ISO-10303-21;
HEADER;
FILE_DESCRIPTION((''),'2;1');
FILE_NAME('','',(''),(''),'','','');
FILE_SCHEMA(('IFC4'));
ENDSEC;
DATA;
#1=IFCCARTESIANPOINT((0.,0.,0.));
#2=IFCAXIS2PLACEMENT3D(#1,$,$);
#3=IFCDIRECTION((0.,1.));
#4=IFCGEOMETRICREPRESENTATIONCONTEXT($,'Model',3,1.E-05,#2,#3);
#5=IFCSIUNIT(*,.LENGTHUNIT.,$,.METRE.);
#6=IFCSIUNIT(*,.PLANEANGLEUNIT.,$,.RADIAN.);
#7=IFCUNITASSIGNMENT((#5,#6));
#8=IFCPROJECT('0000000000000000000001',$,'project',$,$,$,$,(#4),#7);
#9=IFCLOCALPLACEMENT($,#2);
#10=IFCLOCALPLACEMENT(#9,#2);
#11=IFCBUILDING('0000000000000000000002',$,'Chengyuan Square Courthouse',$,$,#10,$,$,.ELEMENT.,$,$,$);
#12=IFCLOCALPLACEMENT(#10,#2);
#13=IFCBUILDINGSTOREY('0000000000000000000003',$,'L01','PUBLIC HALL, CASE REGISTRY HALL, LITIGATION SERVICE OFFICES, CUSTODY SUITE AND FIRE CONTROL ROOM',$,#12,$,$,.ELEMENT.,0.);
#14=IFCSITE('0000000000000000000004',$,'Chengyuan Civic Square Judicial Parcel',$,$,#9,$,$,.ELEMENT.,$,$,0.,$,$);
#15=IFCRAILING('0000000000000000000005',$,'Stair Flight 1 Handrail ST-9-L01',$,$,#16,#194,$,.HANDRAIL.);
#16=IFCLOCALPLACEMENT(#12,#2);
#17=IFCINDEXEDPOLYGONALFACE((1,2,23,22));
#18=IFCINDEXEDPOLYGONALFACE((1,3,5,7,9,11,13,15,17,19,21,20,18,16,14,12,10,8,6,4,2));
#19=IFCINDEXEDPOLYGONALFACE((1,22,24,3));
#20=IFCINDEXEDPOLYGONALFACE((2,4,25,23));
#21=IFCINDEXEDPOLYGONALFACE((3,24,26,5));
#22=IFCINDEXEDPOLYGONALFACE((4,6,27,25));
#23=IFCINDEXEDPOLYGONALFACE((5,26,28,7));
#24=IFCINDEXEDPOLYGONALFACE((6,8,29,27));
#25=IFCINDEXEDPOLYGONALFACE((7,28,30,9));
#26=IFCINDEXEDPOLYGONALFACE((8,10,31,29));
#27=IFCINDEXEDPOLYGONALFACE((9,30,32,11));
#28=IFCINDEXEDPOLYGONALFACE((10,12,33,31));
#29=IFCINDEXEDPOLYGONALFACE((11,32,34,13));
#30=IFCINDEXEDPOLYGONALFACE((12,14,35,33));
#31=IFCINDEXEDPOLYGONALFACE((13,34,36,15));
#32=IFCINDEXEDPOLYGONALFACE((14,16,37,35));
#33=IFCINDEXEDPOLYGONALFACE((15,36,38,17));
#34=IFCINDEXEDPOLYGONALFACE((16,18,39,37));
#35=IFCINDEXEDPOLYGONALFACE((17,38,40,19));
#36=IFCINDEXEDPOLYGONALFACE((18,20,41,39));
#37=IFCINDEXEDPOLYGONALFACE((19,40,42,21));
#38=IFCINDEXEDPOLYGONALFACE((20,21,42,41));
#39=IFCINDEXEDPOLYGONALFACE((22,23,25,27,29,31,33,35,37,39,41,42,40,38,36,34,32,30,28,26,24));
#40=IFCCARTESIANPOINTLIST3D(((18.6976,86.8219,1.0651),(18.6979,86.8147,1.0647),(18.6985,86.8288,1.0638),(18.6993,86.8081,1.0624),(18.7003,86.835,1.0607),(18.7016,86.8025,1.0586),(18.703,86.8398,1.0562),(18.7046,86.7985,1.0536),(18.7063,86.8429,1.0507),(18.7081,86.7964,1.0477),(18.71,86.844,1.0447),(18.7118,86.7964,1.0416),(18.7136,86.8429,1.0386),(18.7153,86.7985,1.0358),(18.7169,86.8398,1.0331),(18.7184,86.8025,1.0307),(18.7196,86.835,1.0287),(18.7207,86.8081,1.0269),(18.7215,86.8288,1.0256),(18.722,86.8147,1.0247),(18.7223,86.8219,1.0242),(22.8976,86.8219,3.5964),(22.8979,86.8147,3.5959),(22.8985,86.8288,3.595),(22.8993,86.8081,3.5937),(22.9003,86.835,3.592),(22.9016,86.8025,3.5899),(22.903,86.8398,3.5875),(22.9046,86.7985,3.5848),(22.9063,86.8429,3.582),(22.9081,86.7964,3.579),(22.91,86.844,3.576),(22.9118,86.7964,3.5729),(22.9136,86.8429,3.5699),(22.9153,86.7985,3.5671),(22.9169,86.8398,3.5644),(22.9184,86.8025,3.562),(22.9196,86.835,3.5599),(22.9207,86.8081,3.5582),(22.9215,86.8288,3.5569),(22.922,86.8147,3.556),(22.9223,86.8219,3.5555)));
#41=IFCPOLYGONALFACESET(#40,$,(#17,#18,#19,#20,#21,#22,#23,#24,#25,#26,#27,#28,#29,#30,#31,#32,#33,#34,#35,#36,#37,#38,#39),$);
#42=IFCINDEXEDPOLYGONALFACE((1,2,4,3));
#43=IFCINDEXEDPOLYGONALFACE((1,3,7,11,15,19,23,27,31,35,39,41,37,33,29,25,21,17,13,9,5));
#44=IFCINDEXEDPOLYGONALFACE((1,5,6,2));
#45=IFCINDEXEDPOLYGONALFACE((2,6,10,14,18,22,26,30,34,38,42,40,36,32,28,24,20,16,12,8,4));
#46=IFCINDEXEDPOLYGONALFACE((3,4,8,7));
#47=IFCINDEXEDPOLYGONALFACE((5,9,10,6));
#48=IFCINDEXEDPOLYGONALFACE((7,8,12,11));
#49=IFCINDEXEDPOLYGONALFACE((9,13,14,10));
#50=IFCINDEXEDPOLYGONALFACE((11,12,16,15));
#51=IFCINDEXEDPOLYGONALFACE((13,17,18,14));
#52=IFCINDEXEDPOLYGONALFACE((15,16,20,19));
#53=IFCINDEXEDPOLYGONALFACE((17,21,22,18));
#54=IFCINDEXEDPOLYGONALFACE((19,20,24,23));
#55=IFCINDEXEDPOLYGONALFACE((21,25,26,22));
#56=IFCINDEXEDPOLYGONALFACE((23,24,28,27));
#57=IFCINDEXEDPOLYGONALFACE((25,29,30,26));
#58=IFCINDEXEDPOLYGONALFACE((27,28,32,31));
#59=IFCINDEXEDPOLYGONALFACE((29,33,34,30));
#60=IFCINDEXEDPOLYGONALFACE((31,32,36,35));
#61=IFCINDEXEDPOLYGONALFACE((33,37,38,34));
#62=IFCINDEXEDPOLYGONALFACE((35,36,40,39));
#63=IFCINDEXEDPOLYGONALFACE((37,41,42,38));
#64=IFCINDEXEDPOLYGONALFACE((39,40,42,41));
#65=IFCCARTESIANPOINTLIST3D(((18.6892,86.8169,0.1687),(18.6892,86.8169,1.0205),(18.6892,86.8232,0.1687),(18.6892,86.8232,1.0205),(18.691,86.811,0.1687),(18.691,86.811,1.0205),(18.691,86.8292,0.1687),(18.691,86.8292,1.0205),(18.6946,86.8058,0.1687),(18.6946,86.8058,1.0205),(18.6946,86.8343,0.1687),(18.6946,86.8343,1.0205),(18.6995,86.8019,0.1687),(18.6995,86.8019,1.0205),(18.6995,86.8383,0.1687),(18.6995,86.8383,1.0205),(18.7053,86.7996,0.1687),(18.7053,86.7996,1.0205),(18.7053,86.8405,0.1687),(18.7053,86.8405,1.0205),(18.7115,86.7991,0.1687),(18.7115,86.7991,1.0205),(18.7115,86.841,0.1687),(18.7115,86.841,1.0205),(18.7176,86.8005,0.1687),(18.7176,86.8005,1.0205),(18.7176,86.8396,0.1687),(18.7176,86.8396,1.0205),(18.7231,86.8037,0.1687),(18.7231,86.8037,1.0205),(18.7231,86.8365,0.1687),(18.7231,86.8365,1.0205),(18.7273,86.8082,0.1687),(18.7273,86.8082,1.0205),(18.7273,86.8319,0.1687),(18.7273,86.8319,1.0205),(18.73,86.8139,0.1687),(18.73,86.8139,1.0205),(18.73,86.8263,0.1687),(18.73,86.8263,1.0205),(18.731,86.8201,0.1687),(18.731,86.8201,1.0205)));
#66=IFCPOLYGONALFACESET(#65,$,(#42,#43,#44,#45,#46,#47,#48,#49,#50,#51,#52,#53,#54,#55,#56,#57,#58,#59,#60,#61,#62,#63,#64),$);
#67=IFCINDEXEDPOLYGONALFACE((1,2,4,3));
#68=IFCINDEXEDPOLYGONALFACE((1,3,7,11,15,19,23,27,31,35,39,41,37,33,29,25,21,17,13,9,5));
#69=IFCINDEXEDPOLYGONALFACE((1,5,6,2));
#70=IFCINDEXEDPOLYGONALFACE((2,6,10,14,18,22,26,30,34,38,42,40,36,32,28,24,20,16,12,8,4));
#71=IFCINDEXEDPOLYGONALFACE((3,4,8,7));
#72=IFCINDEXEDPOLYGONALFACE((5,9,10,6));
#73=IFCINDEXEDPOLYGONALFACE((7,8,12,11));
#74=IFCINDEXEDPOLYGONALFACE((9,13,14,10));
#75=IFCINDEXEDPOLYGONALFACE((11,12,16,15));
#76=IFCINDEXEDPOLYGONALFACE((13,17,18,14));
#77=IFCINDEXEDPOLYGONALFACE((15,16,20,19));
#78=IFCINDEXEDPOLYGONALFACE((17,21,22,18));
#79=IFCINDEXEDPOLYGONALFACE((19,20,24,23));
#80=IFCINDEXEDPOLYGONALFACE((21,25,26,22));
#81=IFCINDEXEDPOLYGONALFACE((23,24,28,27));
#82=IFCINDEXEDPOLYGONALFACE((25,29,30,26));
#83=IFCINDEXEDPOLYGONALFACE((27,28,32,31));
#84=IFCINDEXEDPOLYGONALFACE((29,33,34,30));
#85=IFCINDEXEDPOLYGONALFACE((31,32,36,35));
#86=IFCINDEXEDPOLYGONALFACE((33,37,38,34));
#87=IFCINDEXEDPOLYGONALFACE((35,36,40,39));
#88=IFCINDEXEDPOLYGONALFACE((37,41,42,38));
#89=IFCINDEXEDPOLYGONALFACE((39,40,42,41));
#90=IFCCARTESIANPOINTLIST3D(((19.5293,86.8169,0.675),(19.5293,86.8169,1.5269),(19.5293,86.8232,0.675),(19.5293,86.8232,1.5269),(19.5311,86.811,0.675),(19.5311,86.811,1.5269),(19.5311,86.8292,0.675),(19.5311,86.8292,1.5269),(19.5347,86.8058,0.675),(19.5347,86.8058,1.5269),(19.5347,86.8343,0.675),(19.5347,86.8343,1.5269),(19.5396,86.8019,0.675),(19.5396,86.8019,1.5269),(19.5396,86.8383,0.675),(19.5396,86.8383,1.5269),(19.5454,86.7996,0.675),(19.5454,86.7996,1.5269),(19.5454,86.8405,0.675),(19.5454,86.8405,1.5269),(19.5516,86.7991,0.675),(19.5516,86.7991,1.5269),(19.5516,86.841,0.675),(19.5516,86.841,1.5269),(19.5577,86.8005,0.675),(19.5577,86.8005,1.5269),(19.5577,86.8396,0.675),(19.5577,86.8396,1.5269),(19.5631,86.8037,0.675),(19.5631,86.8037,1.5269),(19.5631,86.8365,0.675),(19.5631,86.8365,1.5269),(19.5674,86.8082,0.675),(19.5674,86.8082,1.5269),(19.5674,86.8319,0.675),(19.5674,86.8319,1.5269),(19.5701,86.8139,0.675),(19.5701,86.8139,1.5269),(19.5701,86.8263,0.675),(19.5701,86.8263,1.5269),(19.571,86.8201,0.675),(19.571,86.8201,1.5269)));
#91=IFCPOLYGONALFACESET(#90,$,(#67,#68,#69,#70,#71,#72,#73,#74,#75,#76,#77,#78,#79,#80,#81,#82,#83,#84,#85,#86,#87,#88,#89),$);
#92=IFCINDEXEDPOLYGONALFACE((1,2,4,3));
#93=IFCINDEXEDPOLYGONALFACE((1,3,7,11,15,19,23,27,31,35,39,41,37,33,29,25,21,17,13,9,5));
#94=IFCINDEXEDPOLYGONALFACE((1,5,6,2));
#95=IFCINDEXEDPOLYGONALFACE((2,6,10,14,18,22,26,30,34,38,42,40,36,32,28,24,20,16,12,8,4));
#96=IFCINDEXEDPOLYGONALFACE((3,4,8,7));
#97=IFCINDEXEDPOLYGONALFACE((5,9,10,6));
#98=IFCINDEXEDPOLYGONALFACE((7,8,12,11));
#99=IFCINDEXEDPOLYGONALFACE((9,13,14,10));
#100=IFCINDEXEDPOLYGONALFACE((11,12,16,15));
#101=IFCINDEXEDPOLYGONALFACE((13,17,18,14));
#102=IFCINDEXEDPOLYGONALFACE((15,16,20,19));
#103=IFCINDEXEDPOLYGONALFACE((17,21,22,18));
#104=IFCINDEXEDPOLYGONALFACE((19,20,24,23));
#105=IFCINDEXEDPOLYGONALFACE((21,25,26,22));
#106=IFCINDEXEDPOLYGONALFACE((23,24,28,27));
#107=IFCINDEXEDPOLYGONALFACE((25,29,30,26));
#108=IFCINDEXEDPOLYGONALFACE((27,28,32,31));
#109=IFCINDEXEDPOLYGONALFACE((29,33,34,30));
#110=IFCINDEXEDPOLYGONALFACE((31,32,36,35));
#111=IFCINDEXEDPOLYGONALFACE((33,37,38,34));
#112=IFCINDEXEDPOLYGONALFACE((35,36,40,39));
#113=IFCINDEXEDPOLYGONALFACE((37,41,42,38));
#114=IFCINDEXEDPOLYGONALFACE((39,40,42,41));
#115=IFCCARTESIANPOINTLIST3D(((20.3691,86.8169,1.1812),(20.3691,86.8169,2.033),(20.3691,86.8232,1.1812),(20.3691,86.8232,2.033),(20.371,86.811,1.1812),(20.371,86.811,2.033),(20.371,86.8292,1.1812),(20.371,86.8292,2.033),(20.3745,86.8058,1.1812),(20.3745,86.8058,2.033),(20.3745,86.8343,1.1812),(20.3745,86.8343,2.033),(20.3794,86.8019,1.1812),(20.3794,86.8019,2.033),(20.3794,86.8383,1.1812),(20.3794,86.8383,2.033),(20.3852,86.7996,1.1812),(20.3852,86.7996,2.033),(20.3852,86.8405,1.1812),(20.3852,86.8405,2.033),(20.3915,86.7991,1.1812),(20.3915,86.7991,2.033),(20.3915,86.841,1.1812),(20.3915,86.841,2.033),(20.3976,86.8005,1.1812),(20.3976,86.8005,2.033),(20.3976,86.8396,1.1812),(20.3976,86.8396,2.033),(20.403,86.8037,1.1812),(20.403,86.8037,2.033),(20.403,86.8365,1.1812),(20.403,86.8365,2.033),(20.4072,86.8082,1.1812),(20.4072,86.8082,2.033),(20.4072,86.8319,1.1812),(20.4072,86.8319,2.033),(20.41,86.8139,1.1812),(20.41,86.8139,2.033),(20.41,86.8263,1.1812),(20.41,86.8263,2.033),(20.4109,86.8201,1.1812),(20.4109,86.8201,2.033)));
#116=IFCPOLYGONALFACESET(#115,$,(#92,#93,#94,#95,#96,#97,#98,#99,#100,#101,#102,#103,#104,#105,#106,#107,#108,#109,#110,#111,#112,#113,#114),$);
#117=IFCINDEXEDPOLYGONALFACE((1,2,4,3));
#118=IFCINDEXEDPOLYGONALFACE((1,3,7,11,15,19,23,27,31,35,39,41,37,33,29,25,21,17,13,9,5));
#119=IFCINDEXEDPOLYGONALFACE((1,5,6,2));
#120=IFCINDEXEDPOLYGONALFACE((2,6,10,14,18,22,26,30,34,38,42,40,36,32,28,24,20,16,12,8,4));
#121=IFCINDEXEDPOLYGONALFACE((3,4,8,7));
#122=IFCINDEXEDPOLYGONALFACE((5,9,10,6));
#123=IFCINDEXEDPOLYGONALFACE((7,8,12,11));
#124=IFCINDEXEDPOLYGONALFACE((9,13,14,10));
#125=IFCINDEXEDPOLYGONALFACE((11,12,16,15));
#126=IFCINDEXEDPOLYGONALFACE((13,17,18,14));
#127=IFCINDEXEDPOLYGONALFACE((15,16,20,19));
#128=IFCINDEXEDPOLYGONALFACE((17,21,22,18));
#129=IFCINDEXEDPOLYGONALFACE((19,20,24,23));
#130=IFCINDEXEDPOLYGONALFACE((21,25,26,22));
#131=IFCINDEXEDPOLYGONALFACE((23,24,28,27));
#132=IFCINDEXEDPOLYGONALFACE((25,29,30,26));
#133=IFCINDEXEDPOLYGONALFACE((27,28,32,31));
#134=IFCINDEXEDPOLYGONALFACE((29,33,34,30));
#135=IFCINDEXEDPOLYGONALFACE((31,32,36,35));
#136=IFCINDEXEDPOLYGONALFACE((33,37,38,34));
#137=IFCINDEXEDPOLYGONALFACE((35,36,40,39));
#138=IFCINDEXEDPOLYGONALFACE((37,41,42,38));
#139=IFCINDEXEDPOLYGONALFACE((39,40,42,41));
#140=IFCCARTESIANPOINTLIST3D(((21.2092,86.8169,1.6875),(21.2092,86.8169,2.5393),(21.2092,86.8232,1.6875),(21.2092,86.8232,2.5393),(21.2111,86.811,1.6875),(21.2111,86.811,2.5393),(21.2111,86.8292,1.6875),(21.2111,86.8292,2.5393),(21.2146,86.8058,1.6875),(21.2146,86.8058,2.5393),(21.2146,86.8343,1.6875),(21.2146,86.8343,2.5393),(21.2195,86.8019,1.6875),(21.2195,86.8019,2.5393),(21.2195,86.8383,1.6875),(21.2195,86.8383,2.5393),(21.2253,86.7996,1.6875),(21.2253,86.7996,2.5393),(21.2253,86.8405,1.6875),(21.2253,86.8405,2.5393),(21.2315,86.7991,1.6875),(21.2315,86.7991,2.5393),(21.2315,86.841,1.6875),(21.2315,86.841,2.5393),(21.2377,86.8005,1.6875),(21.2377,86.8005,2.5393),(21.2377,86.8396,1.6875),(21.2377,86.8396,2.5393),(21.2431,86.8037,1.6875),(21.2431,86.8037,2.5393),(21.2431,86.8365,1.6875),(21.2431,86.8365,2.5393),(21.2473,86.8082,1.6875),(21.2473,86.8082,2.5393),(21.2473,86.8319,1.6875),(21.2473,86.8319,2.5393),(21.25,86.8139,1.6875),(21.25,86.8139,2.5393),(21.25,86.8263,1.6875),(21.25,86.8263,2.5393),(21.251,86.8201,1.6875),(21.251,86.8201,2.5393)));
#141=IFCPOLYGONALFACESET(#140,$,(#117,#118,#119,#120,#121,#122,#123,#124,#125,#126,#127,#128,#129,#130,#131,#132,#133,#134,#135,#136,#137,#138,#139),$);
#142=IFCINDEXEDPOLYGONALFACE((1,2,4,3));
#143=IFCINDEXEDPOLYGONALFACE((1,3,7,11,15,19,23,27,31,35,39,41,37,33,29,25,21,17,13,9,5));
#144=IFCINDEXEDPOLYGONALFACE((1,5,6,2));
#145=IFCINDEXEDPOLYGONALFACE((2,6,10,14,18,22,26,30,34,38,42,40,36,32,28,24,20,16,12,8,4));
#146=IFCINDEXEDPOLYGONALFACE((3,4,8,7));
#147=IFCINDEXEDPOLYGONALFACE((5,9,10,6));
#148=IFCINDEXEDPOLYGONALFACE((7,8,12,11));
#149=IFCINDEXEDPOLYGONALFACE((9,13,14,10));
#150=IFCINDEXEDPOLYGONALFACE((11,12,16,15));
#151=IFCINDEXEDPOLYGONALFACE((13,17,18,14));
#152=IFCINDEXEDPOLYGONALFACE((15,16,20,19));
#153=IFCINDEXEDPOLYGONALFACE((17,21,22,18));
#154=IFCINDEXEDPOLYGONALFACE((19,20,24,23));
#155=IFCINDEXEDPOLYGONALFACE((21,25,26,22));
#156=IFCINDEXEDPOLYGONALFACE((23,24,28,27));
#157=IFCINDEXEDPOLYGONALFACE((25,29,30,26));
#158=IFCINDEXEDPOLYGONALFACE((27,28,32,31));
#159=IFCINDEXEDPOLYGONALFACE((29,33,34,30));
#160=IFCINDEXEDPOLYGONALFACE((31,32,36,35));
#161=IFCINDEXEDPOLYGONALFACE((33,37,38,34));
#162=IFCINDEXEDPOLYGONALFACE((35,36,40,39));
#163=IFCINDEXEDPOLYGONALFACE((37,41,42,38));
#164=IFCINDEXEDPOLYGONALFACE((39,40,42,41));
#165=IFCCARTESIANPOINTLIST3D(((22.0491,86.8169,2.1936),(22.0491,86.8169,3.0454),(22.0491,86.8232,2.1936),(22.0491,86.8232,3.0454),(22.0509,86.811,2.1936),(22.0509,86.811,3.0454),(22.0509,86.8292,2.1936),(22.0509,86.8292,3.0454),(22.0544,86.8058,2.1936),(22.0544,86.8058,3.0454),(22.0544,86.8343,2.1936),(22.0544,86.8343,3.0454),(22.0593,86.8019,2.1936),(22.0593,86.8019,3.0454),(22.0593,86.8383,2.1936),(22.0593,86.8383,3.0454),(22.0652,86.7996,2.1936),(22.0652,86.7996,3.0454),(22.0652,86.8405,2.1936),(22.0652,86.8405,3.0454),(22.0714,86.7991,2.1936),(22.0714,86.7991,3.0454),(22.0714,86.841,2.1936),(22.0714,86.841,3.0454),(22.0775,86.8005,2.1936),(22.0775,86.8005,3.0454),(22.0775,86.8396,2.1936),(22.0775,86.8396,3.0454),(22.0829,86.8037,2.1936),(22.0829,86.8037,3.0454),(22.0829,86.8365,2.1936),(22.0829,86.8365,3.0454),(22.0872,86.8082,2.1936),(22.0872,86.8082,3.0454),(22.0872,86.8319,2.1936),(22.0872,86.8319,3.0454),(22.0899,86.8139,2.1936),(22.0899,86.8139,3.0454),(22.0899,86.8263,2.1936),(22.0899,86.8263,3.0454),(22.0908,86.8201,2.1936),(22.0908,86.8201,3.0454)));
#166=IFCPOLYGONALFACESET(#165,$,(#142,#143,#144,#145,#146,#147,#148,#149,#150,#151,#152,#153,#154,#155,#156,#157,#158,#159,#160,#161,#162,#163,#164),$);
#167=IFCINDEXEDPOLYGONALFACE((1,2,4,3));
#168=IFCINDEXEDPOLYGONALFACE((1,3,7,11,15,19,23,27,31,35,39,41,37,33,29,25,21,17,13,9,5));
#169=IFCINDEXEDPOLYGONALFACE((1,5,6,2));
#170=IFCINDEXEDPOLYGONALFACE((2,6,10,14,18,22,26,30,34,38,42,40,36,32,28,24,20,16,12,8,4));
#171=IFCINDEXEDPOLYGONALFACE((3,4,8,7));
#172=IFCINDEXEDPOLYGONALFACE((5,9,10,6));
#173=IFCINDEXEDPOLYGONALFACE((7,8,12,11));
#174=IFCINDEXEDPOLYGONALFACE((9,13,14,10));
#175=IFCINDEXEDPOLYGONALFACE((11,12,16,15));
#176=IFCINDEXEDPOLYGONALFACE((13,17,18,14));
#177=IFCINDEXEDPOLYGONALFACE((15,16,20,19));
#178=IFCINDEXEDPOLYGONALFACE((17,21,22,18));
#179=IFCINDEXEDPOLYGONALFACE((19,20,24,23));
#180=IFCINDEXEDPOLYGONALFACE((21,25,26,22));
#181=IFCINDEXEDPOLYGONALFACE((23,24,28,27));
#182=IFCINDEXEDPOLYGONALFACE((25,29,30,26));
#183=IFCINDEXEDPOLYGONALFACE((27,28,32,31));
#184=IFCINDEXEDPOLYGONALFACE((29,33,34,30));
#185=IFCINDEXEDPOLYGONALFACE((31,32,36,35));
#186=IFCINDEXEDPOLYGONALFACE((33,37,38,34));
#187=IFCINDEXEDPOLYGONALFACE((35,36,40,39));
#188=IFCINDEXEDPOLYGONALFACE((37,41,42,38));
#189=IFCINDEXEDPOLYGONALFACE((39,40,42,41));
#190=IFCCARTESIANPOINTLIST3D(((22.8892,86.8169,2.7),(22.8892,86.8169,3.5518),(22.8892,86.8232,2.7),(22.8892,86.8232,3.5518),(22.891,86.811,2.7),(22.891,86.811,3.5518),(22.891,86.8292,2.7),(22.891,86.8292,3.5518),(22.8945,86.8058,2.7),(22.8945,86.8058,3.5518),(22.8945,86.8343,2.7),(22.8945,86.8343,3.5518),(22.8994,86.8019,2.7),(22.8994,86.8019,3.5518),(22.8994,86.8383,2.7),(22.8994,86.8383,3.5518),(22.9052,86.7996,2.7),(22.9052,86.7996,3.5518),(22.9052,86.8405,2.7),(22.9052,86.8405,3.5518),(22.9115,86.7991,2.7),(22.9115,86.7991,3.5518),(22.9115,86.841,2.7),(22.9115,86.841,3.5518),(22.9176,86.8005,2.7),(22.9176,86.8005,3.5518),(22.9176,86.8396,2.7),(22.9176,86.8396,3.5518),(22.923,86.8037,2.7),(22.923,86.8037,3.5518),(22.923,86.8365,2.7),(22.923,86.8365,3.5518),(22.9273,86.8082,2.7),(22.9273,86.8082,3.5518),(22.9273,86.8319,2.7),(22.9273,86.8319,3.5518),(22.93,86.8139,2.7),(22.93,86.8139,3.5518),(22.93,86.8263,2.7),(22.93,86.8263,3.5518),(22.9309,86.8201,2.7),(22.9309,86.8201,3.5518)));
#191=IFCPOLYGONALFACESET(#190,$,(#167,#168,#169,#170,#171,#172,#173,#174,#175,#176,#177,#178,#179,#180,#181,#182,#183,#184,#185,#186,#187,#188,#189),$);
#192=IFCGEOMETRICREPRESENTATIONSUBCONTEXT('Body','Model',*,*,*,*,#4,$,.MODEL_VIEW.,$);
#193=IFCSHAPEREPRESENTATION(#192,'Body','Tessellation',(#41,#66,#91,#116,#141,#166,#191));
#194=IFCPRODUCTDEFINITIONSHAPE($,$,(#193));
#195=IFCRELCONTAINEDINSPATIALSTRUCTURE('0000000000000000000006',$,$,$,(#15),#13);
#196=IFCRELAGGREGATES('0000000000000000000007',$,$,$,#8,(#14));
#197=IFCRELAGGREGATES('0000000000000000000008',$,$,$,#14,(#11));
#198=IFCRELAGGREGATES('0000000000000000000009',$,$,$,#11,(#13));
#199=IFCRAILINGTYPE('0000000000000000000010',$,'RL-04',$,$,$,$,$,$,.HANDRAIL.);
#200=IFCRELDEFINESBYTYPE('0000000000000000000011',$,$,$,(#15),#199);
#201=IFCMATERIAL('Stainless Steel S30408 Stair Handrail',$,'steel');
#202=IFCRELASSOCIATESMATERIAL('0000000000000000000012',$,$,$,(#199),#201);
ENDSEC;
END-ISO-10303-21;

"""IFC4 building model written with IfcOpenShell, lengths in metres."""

from ifc_helpers import new_model, si_unit, direction, frame, origin, origin_2d, place, context, subcontext, project, spatial, circle, extrude, material, type_object, element, save


model = new_model("IFC4")

# Units and contexts
model_context = context("Model", 3, precision=1e-05, world=origin(), true_north=direction((0.0, 1.0)))
body_context = subcontext(model_context, "Body", "Model", "MODEL_VIEW")
ifc_project = project(units=[si_unit("LENGTHUNIT", "METRE"), si_unit("PLANEANGLEUNIT", "RADIAN")], contexts=[model_context])

# Site, building, storey
site_placement = place(None, origin())
site = spatial("IfcSite", under=ifc_project, at=site_placement, Name="Chengyuan Civic Square Judicial Parcel", CompositionType="ELEMENT", RefElevation=0.0)
building_placement = place(site_placement, origin())
building = spatial("IfcBuilding", under=site, at=building_placement, Name="Chengyuan Square Courthouse", CompositionType="ELEMENT")
storey_placement = place(building_placement, origin())
storey = spatial("IfcBuildingStorey", under=building, at=storey_placement, Name="L01", Description="PUBLIC HALL, CASE REGISTRY HALL, LITIGATION SERVICE OFFICES, CUSTODY SUITE AND FIRE CONTROL ROOM", CompositionType="ELEMENT", Elevation=0.0)

# Railing
ifc_material_1 = material(Name="Stainless Steel S30408 Stair Handrail", Category="steel")
railing_type_1 = type_object("IfcRailingType", Name="RL-04", PredefinedType="HANDRAIL", material=ifc_material_1)
railing_1_placement = place(storey_placement, frame((18.71, 86.8201, 0.1687)))
element("IfcRailing", 1, at=railing_1_placement, inside=storey, type_object=railing_type_1, Name="Stair Flight 1 Handrail ST-9-L01", PredefinedType="HANDRAIL", context=body_context, shape_type="SweptSolid", body=[
    extrude(circle(Radius=0.0239, at=origin_2d()), frame((0.0, 0.0, 0.876), z_axis=(0.856476, 0.0, 0.516186), x_axis=(0.0, 1.0, 0.0)), (0.0, 0.0, 1.0), 4.9038),
    extrude(circle(Radius=0.021, at=origin_2d()), origin(), (0.0, 0.0, 1.0), 0.8518),
    extrude(circle(Radius=0.021, at=origin_2d()), frame((0.8401, 0.0, 0.5063)), (0.0, 0.0, 1.0), 0.8518),
    extrude(circle(Radius=0.021, at=origin_2d()), frame((1.6799, 0.0, 1.0125)), (0.0, 0.0, 1.0), 0.8518),
    extrude(circle(Radius=0.021, at=origin_2d()), frame((2.52, 0.0, 1.5188)), (0.0, 0.0, 1.0), 0.8518),
    extrude(circle(Radius=0.021, at=origin_2d()), frame((3.3599, 0.0, 2.0249)), (0.0, 0.0, 1.0), 0.8518),
    extrude(circle(Radius=0.021, at=origin_2d()), frame((4.2, 0.0, 2.5312)), (0.0, 0.0, 1.0), 0.8518),
])

save(model, "model.ifc")
